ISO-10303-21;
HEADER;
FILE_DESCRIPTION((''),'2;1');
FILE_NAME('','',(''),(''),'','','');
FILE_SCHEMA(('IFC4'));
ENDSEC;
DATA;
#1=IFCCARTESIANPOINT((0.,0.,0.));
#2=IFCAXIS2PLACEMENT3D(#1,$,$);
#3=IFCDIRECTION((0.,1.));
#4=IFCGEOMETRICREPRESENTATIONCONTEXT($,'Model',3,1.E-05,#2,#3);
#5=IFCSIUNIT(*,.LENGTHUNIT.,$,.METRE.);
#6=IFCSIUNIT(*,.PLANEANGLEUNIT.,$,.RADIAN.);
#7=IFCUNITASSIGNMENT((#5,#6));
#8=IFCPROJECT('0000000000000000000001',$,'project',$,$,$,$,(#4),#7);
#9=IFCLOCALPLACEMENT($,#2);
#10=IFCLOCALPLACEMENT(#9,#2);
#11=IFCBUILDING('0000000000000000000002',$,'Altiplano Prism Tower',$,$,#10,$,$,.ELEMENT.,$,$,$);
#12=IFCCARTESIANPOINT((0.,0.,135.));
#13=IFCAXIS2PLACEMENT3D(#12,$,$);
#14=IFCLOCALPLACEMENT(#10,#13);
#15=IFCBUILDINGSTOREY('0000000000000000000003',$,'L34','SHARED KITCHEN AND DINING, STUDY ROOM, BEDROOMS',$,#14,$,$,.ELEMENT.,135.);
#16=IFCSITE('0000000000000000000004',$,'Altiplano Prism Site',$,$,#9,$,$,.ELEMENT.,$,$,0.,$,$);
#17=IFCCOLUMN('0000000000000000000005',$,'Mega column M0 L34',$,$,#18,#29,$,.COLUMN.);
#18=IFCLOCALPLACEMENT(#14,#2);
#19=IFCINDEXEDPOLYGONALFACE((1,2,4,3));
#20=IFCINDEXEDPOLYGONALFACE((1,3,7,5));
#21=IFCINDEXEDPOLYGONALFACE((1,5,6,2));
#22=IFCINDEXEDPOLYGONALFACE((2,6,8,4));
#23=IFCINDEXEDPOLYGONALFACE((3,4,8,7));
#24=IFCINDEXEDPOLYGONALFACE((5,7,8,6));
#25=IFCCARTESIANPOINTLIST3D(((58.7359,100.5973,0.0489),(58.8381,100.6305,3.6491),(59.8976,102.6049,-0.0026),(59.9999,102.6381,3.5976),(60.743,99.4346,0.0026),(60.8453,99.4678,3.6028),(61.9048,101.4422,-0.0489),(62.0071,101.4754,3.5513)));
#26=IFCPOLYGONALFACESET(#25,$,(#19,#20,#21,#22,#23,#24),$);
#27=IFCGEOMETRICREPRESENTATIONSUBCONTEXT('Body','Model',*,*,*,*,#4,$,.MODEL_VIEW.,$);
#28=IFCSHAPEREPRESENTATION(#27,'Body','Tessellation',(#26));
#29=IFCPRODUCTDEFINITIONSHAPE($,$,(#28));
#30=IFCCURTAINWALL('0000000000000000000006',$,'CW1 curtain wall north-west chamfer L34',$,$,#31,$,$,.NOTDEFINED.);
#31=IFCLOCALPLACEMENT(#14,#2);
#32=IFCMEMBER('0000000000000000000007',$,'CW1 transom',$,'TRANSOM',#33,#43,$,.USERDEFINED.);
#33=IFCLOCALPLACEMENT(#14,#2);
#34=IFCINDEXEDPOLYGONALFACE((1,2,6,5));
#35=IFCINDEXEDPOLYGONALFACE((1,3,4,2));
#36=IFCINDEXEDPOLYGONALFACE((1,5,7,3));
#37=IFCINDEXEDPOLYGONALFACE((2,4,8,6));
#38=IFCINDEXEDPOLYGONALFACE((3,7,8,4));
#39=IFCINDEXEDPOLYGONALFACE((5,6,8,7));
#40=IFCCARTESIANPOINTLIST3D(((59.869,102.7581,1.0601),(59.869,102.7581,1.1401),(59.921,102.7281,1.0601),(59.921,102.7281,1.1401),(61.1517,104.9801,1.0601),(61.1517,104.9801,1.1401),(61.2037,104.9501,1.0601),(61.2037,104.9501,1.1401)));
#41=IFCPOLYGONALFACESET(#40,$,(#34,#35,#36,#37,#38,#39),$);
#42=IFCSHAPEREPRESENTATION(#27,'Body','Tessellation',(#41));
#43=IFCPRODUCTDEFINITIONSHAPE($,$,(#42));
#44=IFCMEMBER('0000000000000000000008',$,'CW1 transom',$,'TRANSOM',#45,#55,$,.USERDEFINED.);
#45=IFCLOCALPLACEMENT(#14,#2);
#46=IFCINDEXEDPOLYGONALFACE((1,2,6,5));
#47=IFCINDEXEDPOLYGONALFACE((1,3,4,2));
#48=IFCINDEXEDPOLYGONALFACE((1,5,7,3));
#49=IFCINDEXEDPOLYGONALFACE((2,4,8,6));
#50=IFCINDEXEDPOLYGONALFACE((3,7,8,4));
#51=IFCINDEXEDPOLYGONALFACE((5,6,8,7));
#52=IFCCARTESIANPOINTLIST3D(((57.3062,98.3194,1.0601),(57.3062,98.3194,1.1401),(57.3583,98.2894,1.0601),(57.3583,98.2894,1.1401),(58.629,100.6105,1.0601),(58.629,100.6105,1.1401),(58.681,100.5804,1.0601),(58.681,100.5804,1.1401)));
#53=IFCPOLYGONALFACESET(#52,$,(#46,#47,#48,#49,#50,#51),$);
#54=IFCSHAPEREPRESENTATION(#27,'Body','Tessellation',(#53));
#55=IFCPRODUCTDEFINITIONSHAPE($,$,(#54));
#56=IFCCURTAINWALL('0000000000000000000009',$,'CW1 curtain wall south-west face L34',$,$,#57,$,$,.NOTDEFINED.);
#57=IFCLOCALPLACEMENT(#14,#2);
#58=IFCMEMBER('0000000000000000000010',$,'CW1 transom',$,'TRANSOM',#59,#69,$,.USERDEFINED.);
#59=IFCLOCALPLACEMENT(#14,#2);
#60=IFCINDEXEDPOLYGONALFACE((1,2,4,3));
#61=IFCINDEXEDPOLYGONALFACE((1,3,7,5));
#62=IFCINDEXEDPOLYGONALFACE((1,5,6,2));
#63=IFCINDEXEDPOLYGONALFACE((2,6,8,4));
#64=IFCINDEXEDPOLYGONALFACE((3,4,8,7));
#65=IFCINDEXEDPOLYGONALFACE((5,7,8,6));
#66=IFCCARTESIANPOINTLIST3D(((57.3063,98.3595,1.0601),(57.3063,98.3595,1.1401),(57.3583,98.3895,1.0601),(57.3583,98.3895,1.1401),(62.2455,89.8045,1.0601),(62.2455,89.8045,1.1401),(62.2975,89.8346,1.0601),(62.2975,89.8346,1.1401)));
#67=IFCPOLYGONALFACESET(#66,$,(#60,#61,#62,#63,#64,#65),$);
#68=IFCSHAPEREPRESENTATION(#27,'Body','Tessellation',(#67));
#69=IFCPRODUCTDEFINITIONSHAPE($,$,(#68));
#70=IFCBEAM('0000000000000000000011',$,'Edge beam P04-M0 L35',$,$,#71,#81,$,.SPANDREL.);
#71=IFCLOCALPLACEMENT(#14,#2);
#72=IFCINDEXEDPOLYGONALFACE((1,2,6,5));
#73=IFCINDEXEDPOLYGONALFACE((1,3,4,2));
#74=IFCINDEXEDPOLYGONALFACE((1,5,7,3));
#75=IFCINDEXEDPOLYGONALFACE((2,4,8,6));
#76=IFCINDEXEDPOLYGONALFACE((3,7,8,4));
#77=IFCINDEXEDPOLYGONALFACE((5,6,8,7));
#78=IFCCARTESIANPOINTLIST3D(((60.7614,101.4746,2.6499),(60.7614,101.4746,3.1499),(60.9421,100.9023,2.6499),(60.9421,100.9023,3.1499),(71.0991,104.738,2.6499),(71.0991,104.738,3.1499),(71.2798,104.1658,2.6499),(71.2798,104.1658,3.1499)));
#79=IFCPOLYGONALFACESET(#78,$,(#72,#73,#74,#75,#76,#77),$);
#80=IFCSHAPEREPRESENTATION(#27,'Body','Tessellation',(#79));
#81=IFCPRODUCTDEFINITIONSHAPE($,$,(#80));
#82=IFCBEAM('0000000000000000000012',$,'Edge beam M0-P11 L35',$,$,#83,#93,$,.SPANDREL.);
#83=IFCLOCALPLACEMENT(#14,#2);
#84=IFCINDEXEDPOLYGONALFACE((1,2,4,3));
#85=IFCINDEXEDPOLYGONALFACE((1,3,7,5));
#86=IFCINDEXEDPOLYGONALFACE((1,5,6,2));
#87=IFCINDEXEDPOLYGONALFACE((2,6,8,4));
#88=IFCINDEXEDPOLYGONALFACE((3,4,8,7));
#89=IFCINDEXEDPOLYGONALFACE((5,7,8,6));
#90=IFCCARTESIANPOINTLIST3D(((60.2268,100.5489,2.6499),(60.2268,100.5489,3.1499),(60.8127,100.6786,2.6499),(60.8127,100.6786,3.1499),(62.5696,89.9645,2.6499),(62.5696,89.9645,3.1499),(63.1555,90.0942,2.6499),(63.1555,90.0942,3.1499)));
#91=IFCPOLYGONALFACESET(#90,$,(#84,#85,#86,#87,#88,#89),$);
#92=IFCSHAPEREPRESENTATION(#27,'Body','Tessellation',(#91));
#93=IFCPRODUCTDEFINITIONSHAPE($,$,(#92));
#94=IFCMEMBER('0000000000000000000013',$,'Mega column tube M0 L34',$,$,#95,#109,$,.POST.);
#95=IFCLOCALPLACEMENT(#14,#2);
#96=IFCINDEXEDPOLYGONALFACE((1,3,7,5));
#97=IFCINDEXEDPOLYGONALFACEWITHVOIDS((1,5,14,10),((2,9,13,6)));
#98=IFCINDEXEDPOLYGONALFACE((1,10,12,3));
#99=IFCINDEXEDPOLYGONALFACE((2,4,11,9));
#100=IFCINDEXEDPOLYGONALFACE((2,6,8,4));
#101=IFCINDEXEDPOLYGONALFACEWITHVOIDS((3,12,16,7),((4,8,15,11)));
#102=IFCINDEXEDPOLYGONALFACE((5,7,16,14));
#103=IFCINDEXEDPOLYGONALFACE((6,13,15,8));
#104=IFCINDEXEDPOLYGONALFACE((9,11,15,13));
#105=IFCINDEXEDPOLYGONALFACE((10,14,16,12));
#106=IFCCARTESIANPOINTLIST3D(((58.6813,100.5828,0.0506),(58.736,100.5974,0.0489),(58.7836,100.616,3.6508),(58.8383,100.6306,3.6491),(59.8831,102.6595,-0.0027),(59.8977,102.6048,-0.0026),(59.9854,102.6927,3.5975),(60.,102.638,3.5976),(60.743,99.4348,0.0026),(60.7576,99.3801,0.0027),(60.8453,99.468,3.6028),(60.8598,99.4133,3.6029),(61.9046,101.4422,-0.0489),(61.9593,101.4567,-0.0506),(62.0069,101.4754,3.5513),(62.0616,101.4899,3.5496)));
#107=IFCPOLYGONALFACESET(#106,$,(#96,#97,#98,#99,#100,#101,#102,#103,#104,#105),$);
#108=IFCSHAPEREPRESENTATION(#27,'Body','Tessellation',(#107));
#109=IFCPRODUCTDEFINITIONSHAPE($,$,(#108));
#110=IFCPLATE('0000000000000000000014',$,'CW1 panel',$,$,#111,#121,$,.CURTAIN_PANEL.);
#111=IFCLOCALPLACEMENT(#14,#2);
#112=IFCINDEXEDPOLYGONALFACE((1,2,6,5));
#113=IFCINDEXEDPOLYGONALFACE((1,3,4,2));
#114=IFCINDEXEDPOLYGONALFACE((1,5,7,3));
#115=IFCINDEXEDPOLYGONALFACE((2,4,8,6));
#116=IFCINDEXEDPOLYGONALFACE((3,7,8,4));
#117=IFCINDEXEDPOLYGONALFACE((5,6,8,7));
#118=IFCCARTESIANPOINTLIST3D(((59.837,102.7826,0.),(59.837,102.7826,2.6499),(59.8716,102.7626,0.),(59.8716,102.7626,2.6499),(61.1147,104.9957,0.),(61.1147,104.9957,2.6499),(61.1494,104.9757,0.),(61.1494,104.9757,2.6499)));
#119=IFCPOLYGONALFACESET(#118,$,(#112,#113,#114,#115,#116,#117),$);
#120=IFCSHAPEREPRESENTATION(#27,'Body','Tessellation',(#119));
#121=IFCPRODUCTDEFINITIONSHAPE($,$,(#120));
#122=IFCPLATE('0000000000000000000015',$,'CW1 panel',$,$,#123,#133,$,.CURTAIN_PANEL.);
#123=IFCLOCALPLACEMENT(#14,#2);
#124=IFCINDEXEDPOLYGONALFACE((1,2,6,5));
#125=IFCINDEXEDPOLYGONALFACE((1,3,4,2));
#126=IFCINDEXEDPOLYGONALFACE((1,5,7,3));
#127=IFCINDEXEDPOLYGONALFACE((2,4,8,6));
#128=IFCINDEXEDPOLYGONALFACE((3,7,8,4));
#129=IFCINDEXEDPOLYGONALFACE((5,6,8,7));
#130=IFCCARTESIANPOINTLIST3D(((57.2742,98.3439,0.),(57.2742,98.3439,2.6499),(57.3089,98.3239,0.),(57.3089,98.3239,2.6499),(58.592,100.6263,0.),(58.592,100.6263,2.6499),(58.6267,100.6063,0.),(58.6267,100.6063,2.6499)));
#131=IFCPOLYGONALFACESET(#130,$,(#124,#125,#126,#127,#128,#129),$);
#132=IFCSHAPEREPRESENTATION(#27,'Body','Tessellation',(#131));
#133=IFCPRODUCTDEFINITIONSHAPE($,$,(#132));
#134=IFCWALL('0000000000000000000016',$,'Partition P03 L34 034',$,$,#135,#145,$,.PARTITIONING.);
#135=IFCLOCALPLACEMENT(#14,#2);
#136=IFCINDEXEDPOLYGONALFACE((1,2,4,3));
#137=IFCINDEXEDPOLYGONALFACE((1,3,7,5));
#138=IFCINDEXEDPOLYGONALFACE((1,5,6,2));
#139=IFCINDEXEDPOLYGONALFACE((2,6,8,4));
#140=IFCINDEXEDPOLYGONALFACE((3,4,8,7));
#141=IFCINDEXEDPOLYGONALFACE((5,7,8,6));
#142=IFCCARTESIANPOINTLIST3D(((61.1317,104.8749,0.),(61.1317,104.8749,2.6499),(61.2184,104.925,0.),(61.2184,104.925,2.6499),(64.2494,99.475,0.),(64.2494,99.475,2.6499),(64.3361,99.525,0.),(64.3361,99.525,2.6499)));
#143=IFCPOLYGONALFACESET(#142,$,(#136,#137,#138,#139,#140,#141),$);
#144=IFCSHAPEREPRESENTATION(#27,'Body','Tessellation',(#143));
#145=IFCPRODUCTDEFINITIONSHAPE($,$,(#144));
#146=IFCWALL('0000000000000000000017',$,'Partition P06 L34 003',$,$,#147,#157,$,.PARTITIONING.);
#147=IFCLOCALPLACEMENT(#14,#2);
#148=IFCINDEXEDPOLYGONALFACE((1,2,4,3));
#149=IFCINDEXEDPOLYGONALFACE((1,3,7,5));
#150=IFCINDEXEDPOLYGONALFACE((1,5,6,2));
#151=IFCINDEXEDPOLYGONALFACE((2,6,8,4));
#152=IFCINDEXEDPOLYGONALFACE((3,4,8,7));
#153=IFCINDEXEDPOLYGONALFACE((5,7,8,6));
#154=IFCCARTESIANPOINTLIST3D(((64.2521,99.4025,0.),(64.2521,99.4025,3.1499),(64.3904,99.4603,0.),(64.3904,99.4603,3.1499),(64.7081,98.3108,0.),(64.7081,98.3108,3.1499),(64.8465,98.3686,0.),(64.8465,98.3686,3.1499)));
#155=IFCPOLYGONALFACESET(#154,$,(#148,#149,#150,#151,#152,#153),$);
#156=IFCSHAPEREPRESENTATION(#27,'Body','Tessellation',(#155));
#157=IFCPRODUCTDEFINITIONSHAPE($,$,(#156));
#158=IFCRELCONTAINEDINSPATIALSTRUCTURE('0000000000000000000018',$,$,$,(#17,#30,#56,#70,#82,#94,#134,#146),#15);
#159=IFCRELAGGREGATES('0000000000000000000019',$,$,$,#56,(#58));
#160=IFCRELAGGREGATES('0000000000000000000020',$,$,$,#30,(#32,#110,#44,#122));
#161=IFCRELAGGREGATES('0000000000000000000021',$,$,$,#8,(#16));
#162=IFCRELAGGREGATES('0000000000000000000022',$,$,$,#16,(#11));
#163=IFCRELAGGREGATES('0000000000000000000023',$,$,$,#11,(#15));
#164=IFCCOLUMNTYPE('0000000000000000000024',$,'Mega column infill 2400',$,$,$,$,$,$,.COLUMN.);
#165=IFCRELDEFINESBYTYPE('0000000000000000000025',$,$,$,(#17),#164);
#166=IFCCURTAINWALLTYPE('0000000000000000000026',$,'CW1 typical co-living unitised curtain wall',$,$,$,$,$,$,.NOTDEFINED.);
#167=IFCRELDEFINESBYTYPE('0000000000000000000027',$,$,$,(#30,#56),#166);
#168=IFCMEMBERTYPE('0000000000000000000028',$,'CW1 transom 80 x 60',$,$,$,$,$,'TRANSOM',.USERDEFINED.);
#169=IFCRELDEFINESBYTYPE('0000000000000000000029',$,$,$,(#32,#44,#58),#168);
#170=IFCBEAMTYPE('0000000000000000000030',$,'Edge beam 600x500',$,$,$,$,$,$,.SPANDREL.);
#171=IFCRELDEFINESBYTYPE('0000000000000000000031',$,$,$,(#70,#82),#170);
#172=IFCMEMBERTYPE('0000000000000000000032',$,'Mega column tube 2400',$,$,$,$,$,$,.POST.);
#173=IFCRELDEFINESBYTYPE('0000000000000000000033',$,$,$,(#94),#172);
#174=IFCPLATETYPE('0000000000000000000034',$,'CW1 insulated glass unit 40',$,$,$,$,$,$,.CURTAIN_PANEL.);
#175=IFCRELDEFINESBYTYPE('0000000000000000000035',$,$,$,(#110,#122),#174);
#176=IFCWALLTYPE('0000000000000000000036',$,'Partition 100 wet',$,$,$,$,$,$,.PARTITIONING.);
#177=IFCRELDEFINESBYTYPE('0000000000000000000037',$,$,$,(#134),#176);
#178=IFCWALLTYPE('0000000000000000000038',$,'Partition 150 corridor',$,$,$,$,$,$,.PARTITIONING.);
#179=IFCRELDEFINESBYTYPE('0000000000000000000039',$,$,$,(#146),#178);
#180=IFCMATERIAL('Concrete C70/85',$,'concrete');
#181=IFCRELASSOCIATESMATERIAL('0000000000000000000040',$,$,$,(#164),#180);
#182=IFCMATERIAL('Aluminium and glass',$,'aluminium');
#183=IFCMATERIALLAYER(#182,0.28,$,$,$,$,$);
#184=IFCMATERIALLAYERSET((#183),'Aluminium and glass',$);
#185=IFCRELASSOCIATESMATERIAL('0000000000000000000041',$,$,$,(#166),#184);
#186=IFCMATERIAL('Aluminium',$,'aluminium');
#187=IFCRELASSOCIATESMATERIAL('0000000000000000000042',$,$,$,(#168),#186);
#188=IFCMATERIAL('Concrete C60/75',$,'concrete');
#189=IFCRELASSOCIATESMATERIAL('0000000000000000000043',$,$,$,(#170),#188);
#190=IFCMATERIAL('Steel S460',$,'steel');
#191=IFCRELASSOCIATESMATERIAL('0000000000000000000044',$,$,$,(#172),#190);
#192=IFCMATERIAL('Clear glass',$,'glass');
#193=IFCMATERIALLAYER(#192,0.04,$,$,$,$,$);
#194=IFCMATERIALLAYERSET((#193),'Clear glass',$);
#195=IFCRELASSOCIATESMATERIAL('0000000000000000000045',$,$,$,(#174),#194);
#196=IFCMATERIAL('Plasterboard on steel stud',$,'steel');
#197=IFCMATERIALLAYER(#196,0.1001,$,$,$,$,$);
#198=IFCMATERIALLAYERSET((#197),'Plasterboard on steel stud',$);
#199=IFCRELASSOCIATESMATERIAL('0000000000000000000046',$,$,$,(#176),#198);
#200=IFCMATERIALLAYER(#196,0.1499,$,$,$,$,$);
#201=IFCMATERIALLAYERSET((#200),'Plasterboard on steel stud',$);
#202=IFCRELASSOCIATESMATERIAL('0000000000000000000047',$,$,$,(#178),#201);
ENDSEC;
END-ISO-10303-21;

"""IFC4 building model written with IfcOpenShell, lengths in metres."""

from ifc_helpers import new_model, si_unit, direction, frame, frame_2d, origin, origin_2d, place, context, subcontext, project, spatial, rectangle, hollow_rectangle, extrude, material, layer, layer_set, material_profile, profile_set, type_object, element, aggregate, save


model = new_model("IFC4")

# Units and contexts
model_context = context("Model", 3, precision=1e-05, world=origin(), true_north=direction((0.0, 1.0)))
body_context = subcontext(model_context, "Body", "Model", "MODEL_VIEW")
ifc_project = project(units=[si_unit("LENGTHUNIT", "METRE"), si_unit("PLANEANGLEUNIT", "RADIAN")], contexts=[model_context])

# Site, building, storey
site_placement = place(None, origin())
site = spatial("IfcSite", under=ifc_project, at=site_placement, Name="Altiplano Prism Site", CompositionType="ELEMENT", RefElevation=0.0)
building_placement = place(site_placement, origin())
building = spatial("IfcBuilding", under=site, at=building_placement, Name="Altiplano Prism Tower", CompositionType="ELEMENT")
storey_placement = place(building_placement, frame((0.0, 0.0, 135.0)))
storey = spatial("IfcBuildingStorey", under=building, at=storey_placement, Name="L34", Description="SHARED KITCHEN AND DINING, STUDY ROOM, BEDROOMS", CompositionType="ELEMENT", Elevation=135.0)

# Column
ifc_material_1 = material(Name="Concrete C70/85", Category="concrete")
ifc_material_profile_1 = material_profile(ifc_material_1, rectangle(XDim=2.3201, YDim=2.3201, at=origin_2d()), Name="Mega column infill 2400")
ifc_profile_set_1 = profile_set([ifc_material_profile_1], Name="Concrete C70/85")
column_type = type_object("IfcColumnType", Name="Mega column infill 2400", PredefinedType="COLUMN", material=ifc_profile_set_1)
column_placement = place(storey_placement, frame((60.3203, 101.0198, 0.0), z_axis=(0.028402, 0.009219, 0.999554), x_axis=(-0.865127, 0.501155, 0.01996)))
element("IfcColumn", 1, at=column_placement, inside=storey, type_object=column_type, Name="Mega column M0 L34", PredefinedType="COLUMN", context=body_context, shape_type="SweptSolid", body=[
    extrude(rectangle(XDim=2.3201, YDim=2.3201, at=origin_2d()), origin(), (0.0, 0.0, 1.0), 3.6018),
])

# Curtain wall, members
ifc_material_2 = material(Name="Aluminium and glass", Category="aluminium")
ifc_layer_1 = layer(ifc_material_2, 0.28)
ifc_layer_set_1 = layer_set([ifc_layer_1], Name="Aluminium and glass")
curtain_wall_type = type_object("IfcCurtainWallType", Name="CW1 typical co-living unitised curtain wall", PredefinedType="NOTDEFINED", material=ifc_layer_set_1)
curtain_wall_1_placement = place(storey_placement, origin())
curtain_wall_1 = element("IfcCurtainWall", 2, at=curtain_wall_1_placement, inside=storey, type_object=curtain_wall_type, Name="CW1 curtain wall north-west chamfer L34", PredefinedType="NOTDEFINED")
ifc_material_3 = material(Name="Aluminium", Category="aluminium")
ifc_material_profile_2 = material_profile(ifc_material_3, rectangle(XDim=0.0601, YDim=0.0801, at=origin_2d()), Name="CW1 transom 80 x 60")
ifc_profile_set_2 = profile_set([ifc_material_profile_2], Name="Aluminium")
member_type_1 = type_object("IfcMemberType", Name="CW1 transom 80 x 60", ElementType="TRANSOM", PredefinedType="USERDEFINED", material=ifc_profile_set_2)
member_1_placement = place(storey_placement, frame((61.1777, 104.9651, 1.1001), z_axis=(-0.499967, -0.866045, 0.0), x_axis=(0.866045, -0.499967, 0.0)))
member_1 = element("IfcMember", 3, at=member_1_placement, type_object=member_type_1, Name="CW1 transom", ObjectType="TRANSOM", PredefinedType="USERDEFINED", context=body_context, shape_type="SweptSolid", body=[
    extrude(rectangle(XDim=0.0601, YDim=0.0801, at=origin_2d()), origin(), (0.0, 0.0, 1.0), 2.5657),
])
member_2_placement = place(storey_placement, frame((58.655, 100.5955, 1.1001), z_axis=(-0.50001, -0.86602, 0.0), x_axis=(0.86602, -0.50001, 0.0)))
member_2 = element("IfcMember", 4, at=member_2_placement, type_object=member_type_1, Name="CW1 transom", ObjectType="TRANSOM", PredefinedType="USERDEFINED", context=body_context, shape_type="SweptSolid", body=[
    extrude(rectangle(XDim=0.0601, YDim=0.0801, at=origin_2d()), origin(), (0.0, 0.0, 1.0), 2.6455),
])

# Curtain wall, member
curtain_wall_2_placement = place(storey_placement, origin())
curtain_wall_2 = element("IfcCurtainWall", 5, at=curtain_wall_2_placement, inside=storey, type_object=curtain_wall_type, Name="CW1 curtain wall south-west face L34", PredefinedType="NOTDEFINED")
member_3_placement = place(storey_placement, frame((57.3323, 98.3745, 1.1001), z_axis=(0.500001, -0.866025, 0.0), x_axis=(0.866025, 0.500001, 0.0)))
member_3 = element("IfcMember", 6, at=member_3_placement, type_object=member_type_1, Name="CW1 transom", ObjectType="TRANSOM", PredefinedType="USERDEFINED", context=body_context, shape_type="SweptSolid", body=[
    extrude(rectangle(XDim=0.0601, YDim=0.0801, at=origin_2d()), origin(), (0.0, 0.0, 1.0), 9.8784),
])
aggregate(curtain_wall_2, [member_3])

# Beams
ifc_material_4 = material(Name="Concrete C60/75", Category="concrete")
ifc_material_profile_3 = material_profile(ifc_material_4, rectangle(XDim=0.6001, YDim=0.5, at=origin_2d()), Name="Edge beam 600x500")
ifc_profile_set_3 = profile_set([ifc_material_profile_3], Name="Concrete C60/75")
beam_type = type_object("IfcBeamType", Name="Edge beam 600x500", PredefinedType="SPANDREL", material=ifc_profile_set_3)
for number, where, z_axis, x_axis, name in (
    (7, (71.1895, 104.4519, 2.8999), (-0.953612, -0.30104, 0.0), (0.30104, -0.953612, 0.0), "Edge beam P04-M0 L35"),
    (8, (60.5198, 100.6138, 2.8999), (0.21611, -0.976369, 0.0), (0.976369, 0.21611, 0.0), "Edge beam M0-P11 L35"),
):
    element("IfcBeam", number, at=place(storey_placement, frame(where, z_axis=z_axis, x_axis=x_axis)), inside=storey, type_object=beam_type, Name=name, PredefinedType="SPANDREL", context=body_context, shape_type="SweptSolid", body=[
        extrude(rectangle(XDim=0.6001, YDim=0.5, at=origin_2d()), origin(), (0.0, 0.0, 1.0), 10.8406),
    ])

# Member
ifc_material_5 = material(Name="Steel S460", Category="steel")
ifc_material_profile_4 = material_profile(ifc_material_5, hollow_rectangle(XDim=2.3999, YDim=2.3999, WallThickness=0.04, at=origin_2d()), Name="Mega column tube 2400")
ifc_profile_set_4 = profile_set([ifc_material_profile_4], Name="Steel S460")
member_type_2 = type_object("IfcMemberType", Name="Mega column tube 2400", PredefinedType="POST", material=ifc_profile_set_4)
member_4_placement = place(storey_placement, frame((60.3203, 101.0198, 0.0), z_axis=(0.028402, 0.009219, 0.999554), x_axis=(-0.865127, 0.501155, 0.01996)))
element("IfcMember", 9, at=member_4_placement, inside=storey, type_object=member_type_2, Name="Mega column tube M0 L34", PredefinedType="POST", context=body_context, shape_type="SweptSolid", body=[
    extrude(hollow_rectangle(XDim=2.3999, YDim=2.3999, WallThickness=0.04, at=origin_2d()), origin(), (0.0, 0.0, 1.0), 3.6018),
])

# Plates
ifc_material_6 = material(Name="Clear glass", Category="glass")
ifc_layer_2 = layer(ifc_material_6, 0.04)
ifc_layer_set_2 = layer_set([ifc_layer_2], Name="Clear glass")
plate_type = type_object("IfcPlateType", Name="CW1 insulated glass unit 40", PredefinedType="CURTAIN_PANEL", material=ifc_layer_set_2)
plate_1_placement = place(storey_placement, frame((60.4932, 103.8792, 0.0), z_axis=(0.0, 0.0, 1.0), x_axis=(-0.5, -0.866025, 0.0)))
plate_1 = element("IfcPlate", 10, at=plate_1_placement, type_object=plate_type, Name="CW1 panel", PredefinedType="CURTAIN_PANEL", context=body_context, shape_type="SweptSolid", body=[
    extrude(rectangle(XDim=2.5554, YDim=0.04, at=origin_2d()), origin(), (0.0, 0.0, 1.0), 2.6499),
])
plate_2_placement = place(storey_placement, frame((57.9504, 99.4751, 0.0), z_axis=(0.0, 0.0, 1.0), x_axis=(-0.5, -0.866025, 0.0)))
plate_2 = element("IfcPlate", 11, at=plate_2_placement, type_object=plate_type, Name="CW1 panel", PredefinedType="CURTAIN_PANEL", context=body_context, shape_type="SweptSolid", body=[
    extrude(rectangle(XDim=2.6355, YDim=0.04, at=origin_2d()), origin(), (0.0, 0.0, 1.0), 2.6499),
])
aggregate(curtain_wall_1, [member_1, plate_1, member_2, plate_2])

# Walls
ifc_material_7 = material(Name="Plasterboard on steel stud", Category="steel")
ifc_layer_3 = layer(ifc_material_7, 0.1001)
ifc_layer_set_3 = layer_set([ifc_layer_3], Name="Plasterboard on steel stud")
wall_type_1 = type_object("IfcWallType", Name="Partition 100 wet", PredefinedType="PARTITIONING", material=ifc_layer_set_3)
wall_1_placement = place(storey_placement, frame((64.2927, 99.5, 0.0), z_axis=(0.0, 0.0, 1.0), x_axis=(-0.500005, 0.866023, 0.0)))
element("IfcWall", 12, at=wall_1_placement, inside=storey, type_object=wall_type_1, Name="Partition P03 L34 034", PredefinedType="PARTITIONING", context=body_context, shape_type="SweptSolid", body=[
    extrude(rectangle(XDim=6.2354, YDim=0.1001, at=frame_2d((3.1177, 0.0))), origin(), (0.0, 0.0, 1.0), 2.6499),
])
ifc_layer_4 = layer(ifc_material_7, 0.1499)
ifc_layer_set_4 = layer_set([ifc_layer_4], Name="Plasterboard on steel stud")
wall_type_2 = type_object("IfcWallType", Name="Partition 150 corridor", PredefinedType="PARTITIONING", material=ifc_layer_set_4)
wall_2_placement = place(storey_placement, frame((64.3213, 99.4314, 0.0), z_axis=(0.0, 0.0, 1.0), x_axis=(0.385436, -0.922735, 0.0)))
element("IfcWall", 13, at=wall_2_placement, inside=storey, type_object=wall_type_2, Name="Partition P06 L34 003", PredefinedType="PARTITIONING", context=body_context, shape_type="SweptSolid", body=[
    extrude(rectangle(XDim=1.1831, YDim=0.1499, at=frame_2d((0.5916, 0.0))), origin(), (0.0, 0.0, 1.0), 3.1499),
])

save(model, "model.ifc")
